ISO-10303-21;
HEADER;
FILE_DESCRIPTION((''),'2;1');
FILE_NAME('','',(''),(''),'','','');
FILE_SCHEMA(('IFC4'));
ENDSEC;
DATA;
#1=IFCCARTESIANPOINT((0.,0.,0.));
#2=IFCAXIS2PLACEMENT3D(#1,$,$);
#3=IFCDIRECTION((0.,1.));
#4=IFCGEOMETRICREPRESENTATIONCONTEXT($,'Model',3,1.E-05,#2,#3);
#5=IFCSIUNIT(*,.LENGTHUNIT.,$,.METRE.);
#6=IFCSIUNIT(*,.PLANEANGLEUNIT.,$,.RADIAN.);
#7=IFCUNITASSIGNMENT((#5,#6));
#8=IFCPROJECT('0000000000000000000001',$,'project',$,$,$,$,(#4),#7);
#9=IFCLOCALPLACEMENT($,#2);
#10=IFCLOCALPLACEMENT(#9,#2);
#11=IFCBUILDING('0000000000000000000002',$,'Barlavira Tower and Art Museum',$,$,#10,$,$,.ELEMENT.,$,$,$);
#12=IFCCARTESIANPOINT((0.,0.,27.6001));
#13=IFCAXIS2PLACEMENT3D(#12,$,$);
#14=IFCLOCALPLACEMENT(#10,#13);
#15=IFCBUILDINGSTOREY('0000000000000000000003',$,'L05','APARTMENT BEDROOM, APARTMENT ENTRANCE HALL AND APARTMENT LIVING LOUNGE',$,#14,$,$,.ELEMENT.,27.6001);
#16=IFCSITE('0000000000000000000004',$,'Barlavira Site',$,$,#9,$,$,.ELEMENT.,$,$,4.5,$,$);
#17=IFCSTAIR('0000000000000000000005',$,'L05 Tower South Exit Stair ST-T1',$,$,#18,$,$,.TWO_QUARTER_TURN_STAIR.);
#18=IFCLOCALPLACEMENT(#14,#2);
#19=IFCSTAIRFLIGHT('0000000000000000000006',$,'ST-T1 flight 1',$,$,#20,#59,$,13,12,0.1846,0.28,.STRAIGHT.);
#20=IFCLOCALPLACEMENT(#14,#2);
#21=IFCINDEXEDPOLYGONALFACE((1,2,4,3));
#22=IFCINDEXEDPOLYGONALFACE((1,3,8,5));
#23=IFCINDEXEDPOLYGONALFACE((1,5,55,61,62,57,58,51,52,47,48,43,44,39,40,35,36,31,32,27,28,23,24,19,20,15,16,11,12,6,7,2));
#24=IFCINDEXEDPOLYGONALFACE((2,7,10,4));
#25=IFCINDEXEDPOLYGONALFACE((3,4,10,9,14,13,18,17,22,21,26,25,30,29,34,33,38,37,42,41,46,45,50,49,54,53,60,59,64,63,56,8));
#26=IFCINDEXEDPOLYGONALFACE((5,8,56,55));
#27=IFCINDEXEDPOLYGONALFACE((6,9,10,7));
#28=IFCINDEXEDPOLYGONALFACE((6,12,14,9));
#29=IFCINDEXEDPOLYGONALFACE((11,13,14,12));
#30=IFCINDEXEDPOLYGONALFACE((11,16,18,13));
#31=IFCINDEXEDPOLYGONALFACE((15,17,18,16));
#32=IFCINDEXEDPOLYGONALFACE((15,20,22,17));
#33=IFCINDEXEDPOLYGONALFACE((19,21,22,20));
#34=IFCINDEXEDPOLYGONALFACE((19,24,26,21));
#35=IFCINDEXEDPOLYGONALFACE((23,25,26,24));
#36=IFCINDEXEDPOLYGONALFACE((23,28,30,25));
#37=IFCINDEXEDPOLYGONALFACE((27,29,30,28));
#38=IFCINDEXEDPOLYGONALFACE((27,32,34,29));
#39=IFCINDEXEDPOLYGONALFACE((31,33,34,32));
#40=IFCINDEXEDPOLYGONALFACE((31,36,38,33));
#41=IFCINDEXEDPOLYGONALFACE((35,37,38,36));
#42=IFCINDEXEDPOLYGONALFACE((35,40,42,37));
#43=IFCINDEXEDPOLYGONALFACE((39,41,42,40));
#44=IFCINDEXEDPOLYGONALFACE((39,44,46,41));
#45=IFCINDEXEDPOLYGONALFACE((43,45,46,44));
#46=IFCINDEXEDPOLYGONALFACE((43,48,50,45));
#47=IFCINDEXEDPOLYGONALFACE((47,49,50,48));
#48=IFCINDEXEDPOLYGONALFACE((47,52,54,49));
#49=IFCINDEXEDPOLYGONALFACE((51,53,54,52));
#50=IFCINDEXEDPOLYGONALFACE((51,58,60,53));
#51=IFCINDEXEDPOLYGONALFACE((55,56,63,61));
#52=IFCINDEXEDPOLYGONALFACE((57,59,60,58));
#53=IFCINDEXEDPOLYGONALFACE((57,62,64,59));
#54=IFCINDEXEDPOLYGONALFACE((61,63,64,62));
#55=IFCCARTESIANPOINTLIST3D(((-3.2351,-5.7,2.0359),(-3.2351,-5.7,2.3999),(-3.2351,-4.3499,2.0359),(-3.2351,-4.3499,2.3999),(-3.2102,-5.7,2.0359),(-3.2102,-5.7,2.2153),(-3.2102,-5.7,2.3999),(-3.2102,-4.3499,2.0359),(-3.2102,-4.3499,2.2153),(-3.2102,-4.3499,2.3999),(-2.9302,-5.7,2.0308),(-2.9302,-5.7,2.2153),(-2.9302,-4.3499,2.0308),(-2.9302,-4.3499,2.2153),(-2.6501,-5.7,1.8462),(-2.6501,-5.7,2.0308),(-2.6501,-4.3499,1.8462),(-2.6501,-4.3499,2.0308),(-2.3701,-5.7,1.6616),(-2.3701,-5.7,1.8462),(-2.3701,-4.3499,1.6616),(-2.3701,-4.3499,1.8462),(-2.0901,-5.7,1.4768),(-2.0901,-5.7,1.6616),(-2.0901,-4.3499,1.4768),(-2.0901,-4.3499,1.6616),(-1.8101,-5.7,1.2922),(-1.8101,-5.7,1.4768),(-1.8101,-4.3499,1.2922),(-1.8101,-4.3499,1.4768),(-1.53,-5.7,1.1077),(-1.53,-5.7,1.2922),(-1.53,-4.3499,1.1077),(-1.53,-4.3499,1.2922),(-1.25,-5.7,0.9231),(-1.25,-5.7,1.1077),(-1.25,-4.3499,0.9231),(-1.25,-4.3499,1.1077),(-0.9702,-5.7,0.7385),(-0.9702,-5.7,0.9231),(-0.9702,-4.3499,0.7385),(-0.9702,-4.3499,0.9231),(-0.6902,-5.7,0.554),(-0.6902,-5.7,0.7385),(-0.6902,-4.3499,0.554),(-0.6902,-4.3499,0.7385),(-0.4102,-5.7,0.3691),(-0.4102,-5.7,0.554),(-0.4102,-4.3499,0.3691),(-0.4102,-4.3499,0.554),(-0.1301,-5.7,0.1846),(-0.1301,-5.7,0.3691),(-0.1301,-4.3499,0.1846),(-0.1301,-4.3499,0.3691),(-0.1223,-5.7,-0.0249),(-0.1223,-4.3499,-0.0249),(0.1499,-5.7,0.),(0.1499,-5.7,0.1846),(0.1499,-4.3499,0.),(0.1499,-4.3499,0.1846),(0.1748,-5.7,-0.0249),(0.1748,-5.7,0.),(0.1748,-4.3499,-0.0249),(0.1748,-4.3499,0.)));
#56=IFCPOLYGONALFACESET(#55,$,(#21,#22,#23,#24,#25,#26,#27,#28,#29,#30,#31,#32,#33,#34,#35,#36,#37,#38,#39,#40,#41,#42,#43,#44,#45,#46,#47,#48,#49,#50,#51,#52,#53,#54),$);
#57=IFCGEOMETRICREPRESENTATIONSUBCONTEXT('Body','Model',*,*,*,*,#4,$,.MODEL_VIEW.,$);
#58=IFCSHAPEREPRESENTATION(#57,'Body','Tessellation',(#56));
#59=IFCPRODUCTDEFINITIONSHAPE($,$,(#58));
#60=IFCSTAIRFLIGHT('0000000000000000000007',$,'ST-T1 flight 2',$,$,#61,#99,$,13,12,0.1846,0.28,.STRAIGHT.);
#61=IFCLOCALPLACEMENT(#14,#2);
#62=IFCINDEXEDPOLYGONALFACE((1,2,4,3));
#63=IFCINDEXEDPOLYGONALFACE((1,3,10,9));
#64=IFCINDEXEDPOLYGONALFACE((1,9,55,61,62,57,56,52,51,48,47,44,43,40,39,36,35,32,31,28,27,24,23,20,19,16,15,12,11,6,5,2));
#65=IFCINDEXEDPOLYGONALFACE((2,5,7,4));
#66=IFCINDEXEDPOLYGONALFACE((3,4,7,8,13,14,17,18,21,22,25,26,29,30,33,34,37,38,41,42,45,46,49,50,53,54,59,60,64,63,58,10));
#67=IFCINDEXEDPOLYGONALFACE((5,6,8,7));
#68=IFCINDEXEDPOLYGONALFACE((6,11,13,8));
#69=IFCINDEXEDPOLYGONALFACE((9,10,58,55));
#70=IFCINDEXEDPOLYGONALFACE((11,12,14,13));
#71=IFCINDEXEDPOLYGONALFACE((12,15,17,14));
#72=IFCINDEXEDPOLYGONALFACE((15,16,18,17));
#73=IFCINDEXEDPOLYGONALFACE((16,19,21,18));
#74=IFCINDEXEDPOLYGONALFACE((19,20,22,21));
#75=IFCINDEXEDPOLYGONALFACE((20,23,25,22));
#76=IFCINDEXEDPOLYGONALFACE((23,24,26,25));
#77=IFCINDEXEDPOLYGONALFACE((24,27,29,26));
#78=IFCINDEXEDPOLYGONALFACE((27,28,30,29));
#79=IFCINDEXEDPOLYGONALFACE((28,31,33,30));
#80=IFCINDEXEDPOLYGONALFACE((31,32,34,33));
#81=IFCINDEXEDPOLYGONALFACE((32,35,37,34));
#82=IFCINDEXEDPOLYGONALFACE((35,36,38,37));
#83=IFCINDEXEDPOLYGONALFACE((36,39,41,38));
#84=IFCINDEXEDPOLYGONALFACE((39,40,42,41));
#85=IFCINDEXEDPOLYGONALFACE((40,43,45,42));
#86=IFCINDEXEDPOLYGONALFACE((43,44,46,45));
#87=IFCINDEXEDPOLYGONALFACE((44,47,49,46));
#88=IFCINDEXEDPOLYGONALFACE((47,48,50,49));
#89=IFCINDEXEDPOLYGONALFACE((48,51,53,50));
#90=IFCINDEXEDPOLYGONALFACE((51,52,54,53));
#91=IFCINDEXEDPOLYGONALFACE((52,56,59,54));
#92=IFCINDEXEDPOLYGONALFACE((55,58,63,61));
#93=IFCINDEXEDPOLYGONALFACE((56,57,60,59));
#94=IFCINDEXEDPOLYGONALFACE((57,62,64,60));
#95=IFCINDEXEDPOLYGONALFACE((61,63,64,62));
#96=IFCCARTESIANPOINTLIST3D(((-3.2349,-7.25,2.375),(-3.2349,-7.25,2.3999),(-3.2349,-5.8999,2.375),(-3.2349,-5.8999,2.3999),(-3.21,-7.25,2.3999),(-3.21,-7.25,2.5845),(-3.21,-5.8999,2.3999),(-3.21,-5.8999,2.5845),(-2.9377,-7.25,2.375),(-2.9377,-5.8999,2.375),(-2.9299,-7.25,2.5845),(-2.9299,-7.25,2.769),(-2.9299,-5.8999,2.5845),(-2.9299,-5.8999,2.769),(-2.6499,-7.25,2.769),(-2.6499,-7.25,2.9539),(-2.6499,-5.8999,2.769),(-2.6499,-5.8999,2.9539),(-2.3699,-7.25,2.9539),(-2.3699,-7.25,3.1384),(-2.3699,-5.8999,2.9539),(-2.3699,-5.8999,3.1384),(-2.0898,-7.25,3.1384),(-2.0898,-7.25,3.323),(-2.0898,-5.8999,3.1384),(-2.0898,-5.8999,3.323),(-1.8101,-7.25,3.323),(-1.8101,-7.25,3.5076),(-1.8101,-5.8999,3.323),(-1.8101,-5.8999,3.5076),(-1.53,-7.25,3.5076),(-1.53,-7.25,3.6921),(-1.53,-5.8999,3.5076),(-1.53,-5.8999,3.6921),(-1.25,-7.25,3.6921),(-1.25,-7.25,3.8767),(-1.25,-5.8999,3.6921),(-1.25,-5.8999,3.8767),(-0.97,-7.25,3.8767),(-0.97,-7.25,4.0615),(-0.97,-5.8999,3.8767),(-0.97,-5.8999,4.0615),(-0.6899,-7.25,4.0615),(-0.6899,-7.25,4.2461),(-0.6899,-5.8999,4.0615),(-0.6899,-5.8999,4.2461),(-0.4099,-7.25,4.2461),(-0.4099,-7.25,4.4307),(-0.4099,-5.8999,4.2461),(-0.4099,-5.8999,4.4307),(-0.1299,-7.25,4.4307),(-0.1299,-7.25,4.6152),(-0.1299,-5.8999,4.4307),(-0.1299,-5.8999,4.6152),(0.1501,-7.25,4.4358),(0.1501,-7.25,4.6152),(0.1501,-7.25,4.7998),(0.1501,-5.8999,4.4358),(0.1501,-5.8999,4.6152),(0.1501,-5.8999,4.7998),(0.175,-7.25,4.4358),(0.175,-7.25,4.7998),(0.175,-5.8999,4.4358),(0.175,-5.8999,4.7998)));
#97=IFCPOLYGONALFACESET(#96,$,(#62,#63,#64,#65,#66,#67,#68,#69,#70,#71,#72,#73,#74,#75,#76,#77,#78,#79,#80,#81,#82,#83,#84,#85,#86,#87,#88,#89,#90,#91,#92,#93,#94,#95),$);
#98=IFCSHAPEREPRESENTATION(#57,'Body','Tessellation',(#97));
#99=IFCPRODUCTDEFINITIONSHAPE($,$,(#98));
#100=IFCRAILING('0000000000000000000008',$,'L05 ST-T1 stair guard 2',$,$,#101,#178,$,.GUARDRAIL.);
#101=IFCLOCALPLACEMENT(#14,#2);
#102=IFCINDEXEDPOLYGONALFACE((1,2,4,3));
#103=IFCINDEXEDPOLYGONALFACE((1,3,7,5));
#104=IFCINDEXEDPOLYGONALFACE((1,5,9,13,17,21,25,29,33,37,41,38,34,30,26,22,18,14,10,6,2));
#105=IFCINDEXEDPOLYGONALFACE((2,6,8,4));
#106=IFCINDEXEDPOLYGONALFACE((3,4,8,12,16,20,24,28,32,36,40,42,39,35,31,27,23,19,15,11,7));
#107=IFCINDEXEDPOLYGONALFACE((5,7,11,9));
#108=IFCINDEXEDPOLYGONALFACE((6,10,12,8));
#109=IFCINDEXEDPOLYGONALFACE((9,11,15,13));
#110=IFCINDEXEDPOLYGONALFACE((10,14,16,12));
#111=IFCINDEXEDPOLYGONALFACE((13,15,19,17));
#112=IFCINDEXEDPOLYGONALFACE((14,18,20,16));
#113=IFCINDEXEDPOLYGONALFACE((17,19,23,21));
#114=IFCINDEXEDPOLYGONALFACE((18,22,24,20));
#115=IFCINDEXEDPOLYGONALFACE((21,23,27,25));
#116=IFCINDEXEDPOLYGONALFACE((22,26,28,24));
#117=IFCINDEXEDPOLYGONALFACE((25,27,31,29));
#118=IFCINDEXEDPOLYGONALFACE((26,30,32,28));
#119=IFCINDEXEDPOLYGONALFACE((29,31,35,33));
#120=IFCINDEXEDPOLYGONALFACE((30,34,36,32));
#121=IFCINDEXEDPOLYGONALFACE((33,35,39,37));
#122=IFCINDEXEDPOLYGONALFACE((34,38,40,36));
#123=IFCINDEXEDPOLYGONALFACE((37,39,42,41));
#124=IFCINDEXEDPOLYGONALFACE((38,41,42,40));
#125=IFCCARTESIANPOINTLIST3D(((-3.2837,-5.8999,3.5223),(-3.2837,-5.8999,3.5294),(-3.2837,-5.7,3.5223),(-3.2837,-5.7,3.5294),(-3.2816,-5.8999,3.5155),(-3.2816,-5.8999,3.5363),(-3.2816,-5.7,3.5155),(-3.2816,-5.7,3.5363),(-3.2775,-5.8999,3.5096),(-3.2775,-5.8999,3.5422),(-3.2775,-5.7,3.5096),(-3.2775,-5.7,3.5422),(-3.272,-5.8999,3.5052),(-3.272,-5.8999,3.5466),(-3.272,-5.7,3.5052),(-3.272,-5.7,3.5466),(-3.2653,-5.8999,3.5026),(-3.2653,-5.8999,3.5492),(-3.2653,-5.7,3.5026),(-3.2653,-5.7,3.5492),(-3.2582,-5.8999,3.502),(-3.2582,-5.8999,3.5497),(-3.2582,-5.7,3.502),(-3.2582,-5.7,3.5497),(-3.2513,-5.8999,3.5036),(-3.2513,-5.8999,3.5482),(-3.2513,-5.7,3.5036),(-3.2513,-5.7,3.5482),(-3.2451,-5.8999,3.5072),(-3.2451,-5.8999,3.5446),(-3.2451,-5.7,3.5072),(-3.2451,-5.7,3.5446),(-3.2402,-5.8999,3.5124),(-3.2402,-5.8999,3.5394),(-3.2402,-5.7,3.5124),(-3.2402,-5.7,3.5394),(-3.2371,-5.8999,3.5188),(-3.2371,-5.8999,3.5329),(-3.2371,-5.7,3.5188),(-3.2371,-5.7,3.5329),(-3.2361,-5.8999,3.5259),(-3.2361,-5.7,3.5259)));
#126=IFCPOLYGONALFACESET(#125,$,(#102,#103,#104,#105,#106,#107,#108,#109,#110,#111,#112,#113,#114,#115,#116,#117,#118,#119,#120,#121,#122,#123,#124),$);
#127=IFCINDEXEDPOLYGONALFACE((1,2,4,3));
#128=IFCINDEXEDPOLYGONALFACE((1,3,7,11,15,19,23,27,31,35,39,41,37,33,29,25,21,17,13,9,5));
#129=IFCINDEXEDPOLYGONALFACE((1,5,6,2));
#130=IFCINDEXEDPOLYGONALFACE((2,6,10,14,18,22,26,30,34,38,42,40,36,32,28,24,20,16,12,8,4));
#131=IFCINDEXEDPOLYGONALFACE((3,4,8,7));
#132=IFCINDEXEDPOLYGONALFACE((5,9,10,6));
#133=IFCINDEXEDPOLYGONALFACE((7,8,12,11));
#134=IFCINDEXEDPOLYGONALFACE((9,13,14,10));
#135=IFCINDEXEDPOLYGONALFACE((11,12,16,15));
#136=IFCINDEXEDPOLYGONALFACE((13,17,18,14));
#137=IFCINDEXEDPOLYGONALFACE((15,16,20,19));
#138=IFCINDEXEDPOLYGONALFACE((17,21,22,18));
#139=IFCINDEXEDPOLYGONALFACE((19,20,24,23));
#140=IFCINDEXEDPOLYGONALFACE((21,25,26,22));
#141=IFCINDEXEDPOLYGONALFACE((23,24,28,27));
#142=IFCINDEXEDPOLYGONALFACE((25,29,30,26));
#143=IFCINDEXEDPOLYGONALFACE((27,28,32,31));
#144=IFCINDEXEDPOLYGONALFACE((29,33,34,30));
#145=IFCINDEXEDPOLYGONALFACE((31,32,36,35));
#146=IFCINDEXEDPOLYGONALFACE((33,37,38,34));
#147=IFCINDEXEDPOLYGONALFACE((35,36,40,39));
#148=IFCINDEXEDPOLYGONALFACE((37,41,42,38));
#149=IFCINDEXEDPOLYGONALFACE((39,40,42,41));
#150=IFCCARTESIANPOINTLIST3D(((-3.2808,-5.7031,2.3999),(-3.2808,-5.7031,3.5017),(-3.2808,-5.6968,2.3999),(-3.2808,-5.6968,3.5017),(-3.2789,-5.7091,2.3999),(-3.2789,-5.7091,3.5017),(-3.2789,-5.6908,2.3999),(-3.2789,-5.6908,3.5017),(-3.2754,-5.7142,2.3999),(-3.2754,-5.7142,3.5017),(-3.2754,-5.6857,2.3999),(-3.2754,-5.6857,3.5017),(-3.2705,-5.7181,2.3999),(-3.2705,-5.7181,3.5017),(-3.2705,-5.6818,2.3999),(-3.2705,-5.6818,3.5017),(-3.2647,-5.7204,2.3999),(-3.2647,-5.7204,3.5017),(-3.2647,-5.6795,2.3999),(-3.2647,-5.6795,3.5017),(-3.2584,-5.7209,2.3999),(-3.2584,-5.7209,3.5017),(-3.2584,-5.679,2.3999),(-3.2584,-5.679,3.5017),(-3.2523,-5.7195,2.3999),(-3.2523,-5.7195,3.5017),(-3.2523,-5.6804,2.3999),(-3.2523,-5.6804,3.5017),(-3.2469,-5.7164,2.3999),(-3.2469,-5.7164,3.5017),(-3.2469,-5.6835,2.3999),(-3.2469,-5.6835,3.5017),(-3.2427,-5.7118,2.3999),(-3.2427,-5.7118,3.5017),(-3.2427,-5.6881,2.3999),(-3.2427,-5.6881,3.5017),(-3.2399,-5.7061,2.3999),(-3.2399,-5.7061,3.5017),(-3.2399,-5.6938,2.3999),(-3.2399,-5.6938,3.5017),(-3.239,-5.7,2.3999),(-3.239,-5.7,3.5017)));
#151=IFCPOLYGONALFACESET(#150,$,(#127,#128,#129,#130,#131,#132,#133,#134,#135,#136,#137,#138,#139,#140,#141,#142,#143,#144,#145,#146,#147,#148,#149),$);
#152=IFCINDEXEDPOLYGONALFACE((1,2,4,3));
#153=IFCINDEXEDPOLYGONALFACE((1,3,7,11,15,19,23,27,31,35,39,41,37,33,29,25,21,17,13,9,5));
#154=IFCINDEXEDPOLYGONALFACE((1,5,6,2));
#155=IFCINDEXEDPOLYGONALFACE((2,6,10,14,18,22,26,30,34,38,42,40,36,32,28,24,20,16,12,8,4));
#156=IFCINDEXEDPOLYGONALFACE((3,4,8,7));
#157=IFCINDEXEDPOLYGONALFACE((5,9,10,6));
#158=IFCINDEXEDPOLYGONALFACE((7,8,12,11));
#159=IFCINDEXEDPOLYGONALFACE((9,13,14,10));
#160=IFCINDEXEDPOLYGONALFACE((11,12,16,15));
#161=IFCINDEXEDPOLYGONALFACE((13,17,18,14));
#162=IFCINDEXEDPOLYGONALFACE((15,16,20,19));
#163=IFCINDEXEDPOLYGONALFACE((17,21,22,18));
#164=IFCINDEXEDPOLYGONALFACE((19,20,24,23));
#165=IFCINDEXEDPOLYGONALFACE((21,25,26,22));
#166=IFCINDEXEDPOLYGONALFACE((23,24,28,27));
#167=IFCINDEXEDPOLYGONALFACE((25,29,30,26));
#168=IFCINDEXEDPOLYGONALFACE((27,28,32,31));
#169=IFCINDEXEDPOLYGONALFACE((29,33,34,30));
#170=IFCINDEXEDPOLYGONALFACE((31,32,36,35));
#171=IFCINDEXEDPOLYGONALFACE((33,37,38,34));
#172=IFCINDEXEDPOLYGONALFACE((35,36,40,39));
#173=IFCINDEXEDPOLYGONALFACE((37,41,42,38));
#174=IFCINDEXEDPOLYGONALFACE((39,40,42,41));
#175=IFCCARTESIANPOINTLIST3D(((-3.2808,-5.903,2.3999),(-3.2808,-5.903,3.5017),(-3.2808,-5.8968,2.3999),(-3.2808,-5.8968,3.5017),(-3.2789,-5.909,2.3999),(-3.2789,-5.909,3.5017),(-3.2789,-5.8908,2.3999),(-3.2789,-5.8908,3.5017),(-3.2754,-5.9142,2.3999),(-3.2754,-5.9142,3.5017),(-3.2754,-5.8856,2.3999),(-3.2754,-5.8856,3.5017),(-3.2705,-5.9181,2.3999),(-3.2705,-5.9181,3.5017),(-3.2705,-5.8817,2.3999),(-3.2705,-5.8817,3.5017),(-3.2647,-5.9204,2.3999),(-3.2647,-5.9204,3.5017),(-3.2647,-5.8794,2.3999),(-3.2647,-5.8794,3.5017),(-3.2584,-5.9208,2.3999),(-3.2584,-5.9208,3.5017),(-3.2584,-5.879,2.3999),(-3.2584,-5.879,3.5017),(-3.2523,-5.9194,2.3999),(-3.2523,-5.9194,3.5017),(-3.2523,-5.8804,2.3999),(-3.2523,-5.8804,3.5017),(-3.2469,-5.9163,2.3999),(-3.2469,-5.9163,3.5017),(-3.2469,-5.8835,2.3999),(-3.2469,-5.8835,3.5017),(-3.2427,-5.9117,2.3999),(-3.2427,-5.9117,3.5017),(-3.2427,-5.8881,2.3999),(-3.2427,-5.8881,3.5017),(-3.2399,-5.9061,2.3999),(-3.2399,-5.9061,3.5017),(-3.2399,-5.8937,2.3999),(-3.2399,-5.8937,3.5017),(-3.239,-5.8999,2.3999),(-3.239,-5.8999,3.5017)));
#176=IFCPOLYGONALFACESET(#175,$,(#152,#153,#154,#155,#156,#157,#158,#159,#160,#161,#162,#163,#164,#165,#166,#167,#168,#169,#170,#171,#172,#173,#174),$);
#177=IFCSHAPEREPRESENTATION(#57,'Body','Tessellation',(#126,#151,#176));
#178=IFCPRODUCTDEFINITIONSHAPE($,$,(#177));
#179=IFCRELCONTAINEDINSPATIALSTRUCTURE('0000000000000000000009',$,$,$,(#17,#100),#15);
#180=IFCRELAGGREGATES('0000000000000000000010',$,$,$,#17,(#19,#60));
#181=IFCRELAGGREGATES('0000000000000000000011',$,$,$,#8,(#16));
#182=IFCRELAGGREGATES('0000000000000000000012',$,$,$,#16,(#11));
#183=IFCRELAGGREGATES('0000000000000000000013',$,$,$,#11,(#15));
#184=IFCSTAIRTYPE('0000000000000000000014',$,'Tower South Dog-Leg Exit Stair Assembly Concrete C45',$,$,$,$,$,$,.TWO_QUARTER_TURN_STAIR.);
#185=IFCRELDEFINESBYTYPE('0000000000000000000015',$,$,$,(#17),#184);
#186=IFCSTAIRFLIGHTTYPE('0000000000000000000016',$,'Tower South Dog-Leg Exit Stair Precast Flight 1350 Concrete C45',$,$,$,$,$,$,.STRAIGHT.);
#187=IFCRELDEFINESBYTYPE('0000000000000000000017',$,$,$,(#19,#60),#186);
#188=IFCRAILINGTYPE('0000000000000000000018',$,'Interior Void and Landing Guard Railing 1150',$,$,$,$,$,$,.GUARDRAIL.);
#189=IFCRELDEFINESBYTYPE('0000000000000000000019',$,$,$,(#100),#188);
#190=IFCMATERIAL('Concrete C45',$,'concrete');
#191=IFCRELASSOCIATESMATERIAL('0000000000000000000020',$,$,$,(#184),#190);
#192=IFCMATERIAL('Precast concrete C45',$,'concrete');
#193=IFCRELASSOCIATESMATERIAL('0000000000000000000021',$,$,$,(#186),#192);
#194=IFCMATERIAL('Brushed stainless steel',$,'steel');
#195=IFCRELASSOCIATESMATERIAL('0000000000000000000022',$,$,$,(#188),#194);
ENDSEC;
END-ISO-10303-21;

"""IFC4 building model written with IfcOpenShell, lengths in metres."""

from ifc_helpers import new_model, si_unit, direction, frame, origin, origin_2d, place, context, subcontext, project, spatial, polyline, circle, outline, extrude, material, type_object, element, aggregate, save


model = new_model("IFC4")

# Units and contexts
model_context = context("Model", 3, precision=1e-05, world=origin(), true_north=direction((0.0, 1.0)))
body_context = subcontext(model_context, "Body", "Model", "MODEL_VIEW")
ifc_project = project(units=[si_unit("LENGTHUNIT", "METRE"), si_unit("PLANEANGLEUNIT", "RADIAN")], contexts=[model_context])

# Site, building, storey
site_placement = place(None, origin())
site = spatial("IfcSite", under=ifc_project, at=site_placement, Name="Barlavira Site", CompositionType="ELEMENT", RefElevation=4.5)
building_placement = place(site_placement, origin())
building = spatial("IfcBuilding", under=site, at=building_placement, Name="Barlavira Tower and Art Museum", CompositionType="ELEMENT")
storey_placement = place(building_placement, frame((0.0, 0.0, 27.6001)))
storey = spatial("IfcBuildingStorey", under=building, at=storey_placement, Name="L05", Description="APARTMENT BEDROOM, APARTMENT ENTRANCE HALL AND APARTMENT LIVING LOUNGE", CompositionType="ELEMENT", Elevation=27.6001)

# Shared definitions
ifc_material_1 = material(Name="Brushed stainless steel", Category="steel")

# Stair, stair flights
ifc_material_2 = material(Name="Concrete C45", Category="concrete")
stair_type = type_object("IfcStairType", Name="Tower South Dog-Leg Exit Stair Assembly Concrete C45", PredefinedType="TWO_QUARTER_TURN_STAIR", material=ifc_material_2)
stair_placement = place(storey_placement, origin())
stair = element("IfcStair", 1, at=stair_placement, inside=storey, type_object=stair_type, Name="L05 Tower South Exit Stair ST-T1", PredefinedType="TWO_QUARTER_TURN_STAIR")
ifc_material_3 = material(Name="Precast concrete C45", Category="concrete")
stair_flight_type = type_object("IfcStairFlightType", Name="Tower South Dog-Leg Exit Stair Precast Flight 1350 Concrete C45", PredefinedType="STRAIGHT", material=ifc_material_3)
stair_flight_1_placement = place(storey_placement, frame((0.1499, -5.0249, 0.0), z_axis=(0.0, 0.0, 1.0), x_axis=(-1.0, 0.0, 0.0)))
stair_flight_1 = element("IfcStairFlight", 2, at=stair_flight_1_placement, type_object=stair_flight_type, Name="ST-T1 flight 1", NumberOfRisers=13, NumberOfTreads=12, PredefinedType="STRAIGHT", RiserHeight=0.1846, TreadLength=0.28, context=body_context, shape_type="SweptSolid", body=[
    extrude(outline(polyline([(-0.0249, 0.0), (0.0, 0.0), (0.0, 0.1846), (0.28, 0.1846), (0.28, 0.3691), (0.5601, 0.3691), (0.5601, 0.554), (0.8401, 0.554), (0.8401, 0.7385), (1.1201, 0.7385), (1.1201, 0.9231), (1.3999, 0.9231), (1.3999, 1.1077), (1.6799, 1.1077), (1.6799, 1.2922), (1.96, 1.2922), (1.96, 1.4768), (2.24, 1.4768), (2.24, 1.6616), (2.52, 1.6616), (2.52, 1.8462), (2.8, 1.8462), (2.8, 2.0308), (3.0801, 2.0308), (3.0801, 2.2153), (3.3601, 2.2153), (3.3601, 2.3999), (3.385, 2.3999), (3.385, 2.0359), (3.3601, 2.0359), (0.2722, -0.0249), (-0.0249, -0.0249), (-0.0249, 0.0)])), frame((0.0, 0.675, 0.0), z_axis=(0.0, -1.0, 0.0), x_axis=(1.0, 0.0, 0.0)), (0.0, 0.0, 1.0), 1.3501),
])
stair_flight_2_placement = place(storey_placement, frame((-3.21, -6.575, 2.3999), z_axis=(0.0, 0.0, 1.0), x_axis=(1.0, 0.0, 0.0)))
stair_flight_2 = element("IfcStairFlight", 3, at=stair_flight_2_placement, type_object=stair_flight_type, Name="ST-T1 flight 2", NumberOfRisers=13, NumberOfTreads=12, PredefinedType="STRAIGHT", RiserHeight=0.1846, TreadLength=0.28, context=body_context, shape_type="SweptSolid", body=[
    extrude(outline(polyline([(-0.0249, 0.0), (0.0, 0.0), (0.0, 0.1846), (0.28, 0.1846), (0.28, 0.3691), (0.5601, 0.3691), (0.5601, 0.554), (0.8401, 0.554), (0.8401, 0.7385), (1.1201, 0.7385), (1.1201, 0.9231), (1.3999, 0.9231), (1.3999, 1.1077), (1.6799, 1.1077), (1.6799, 1.2922), (1.96, 1.2922), (1.96, 1.4768), (2.24, 1.4768), (2.24, 1.6616), (2.52, 1.6616), (2.52, 1.8462), (2.8, 1.8462), (2.8, 2.0308), (3.0801, 2.0308), (3.0801, 2.2153), (3.3601, 2.2153), (3.3601, 2.3999), (3.385, 2.3999), (3.385, 2.0359), (3.3601, 2.0359), (0.2722, -0.0249), (-0.0249, -0.0249), (-0.0249, 0.0)])), frame((0.0, 0.675, 0.0), z_axis=(0.0, -1.0, 0.0), x_axis=(1.0, 0.0, 0.0)), (0.0, 0.0, 1.0), 1.3501),
])
aggregate(stair, [stair_flight_1, stair_flight_2])

# Railing
railing_type_1 = type_object("IfcRailingType", Name="Interior Void and Landing Guard Railing 1150", PredefinedType="GUARDRAIL", material=ifc_material_1)
railing_1_placement = place(storey_placement, frame((-3.26, -5.7, 2.3999)))
element("IfcRailing", 4, at=railing_1_placement, inside=storey, type_object=railing_type_1, Name="L05 ST-T1 stair guard 2", PredefinedType="GUARDRAIL", context=body_context, shape_type="SweptSolid", body=[
    extrude(circle(Radius=0.0239, at=origin_2d()), frame((0.0, 0.0, 1.126), z_axis=(0.0, -1.0, 0.0), x_axis=(1.0, 0.0, 0.0)), (0.0, 0.0, 1.0), 0.2),
    extrude(circle(Radius=0.021, at=origin_2d()), origin(), (0.0, 0.0, 1.0), 1.1018),
    extrude(circle(Radius=0.021, at=origin_2d()), frame((0.0, -0.2, 0.0)), (0.0, 0.0, 1.0), 1.1018),
])

save(model, "model.ifc")
